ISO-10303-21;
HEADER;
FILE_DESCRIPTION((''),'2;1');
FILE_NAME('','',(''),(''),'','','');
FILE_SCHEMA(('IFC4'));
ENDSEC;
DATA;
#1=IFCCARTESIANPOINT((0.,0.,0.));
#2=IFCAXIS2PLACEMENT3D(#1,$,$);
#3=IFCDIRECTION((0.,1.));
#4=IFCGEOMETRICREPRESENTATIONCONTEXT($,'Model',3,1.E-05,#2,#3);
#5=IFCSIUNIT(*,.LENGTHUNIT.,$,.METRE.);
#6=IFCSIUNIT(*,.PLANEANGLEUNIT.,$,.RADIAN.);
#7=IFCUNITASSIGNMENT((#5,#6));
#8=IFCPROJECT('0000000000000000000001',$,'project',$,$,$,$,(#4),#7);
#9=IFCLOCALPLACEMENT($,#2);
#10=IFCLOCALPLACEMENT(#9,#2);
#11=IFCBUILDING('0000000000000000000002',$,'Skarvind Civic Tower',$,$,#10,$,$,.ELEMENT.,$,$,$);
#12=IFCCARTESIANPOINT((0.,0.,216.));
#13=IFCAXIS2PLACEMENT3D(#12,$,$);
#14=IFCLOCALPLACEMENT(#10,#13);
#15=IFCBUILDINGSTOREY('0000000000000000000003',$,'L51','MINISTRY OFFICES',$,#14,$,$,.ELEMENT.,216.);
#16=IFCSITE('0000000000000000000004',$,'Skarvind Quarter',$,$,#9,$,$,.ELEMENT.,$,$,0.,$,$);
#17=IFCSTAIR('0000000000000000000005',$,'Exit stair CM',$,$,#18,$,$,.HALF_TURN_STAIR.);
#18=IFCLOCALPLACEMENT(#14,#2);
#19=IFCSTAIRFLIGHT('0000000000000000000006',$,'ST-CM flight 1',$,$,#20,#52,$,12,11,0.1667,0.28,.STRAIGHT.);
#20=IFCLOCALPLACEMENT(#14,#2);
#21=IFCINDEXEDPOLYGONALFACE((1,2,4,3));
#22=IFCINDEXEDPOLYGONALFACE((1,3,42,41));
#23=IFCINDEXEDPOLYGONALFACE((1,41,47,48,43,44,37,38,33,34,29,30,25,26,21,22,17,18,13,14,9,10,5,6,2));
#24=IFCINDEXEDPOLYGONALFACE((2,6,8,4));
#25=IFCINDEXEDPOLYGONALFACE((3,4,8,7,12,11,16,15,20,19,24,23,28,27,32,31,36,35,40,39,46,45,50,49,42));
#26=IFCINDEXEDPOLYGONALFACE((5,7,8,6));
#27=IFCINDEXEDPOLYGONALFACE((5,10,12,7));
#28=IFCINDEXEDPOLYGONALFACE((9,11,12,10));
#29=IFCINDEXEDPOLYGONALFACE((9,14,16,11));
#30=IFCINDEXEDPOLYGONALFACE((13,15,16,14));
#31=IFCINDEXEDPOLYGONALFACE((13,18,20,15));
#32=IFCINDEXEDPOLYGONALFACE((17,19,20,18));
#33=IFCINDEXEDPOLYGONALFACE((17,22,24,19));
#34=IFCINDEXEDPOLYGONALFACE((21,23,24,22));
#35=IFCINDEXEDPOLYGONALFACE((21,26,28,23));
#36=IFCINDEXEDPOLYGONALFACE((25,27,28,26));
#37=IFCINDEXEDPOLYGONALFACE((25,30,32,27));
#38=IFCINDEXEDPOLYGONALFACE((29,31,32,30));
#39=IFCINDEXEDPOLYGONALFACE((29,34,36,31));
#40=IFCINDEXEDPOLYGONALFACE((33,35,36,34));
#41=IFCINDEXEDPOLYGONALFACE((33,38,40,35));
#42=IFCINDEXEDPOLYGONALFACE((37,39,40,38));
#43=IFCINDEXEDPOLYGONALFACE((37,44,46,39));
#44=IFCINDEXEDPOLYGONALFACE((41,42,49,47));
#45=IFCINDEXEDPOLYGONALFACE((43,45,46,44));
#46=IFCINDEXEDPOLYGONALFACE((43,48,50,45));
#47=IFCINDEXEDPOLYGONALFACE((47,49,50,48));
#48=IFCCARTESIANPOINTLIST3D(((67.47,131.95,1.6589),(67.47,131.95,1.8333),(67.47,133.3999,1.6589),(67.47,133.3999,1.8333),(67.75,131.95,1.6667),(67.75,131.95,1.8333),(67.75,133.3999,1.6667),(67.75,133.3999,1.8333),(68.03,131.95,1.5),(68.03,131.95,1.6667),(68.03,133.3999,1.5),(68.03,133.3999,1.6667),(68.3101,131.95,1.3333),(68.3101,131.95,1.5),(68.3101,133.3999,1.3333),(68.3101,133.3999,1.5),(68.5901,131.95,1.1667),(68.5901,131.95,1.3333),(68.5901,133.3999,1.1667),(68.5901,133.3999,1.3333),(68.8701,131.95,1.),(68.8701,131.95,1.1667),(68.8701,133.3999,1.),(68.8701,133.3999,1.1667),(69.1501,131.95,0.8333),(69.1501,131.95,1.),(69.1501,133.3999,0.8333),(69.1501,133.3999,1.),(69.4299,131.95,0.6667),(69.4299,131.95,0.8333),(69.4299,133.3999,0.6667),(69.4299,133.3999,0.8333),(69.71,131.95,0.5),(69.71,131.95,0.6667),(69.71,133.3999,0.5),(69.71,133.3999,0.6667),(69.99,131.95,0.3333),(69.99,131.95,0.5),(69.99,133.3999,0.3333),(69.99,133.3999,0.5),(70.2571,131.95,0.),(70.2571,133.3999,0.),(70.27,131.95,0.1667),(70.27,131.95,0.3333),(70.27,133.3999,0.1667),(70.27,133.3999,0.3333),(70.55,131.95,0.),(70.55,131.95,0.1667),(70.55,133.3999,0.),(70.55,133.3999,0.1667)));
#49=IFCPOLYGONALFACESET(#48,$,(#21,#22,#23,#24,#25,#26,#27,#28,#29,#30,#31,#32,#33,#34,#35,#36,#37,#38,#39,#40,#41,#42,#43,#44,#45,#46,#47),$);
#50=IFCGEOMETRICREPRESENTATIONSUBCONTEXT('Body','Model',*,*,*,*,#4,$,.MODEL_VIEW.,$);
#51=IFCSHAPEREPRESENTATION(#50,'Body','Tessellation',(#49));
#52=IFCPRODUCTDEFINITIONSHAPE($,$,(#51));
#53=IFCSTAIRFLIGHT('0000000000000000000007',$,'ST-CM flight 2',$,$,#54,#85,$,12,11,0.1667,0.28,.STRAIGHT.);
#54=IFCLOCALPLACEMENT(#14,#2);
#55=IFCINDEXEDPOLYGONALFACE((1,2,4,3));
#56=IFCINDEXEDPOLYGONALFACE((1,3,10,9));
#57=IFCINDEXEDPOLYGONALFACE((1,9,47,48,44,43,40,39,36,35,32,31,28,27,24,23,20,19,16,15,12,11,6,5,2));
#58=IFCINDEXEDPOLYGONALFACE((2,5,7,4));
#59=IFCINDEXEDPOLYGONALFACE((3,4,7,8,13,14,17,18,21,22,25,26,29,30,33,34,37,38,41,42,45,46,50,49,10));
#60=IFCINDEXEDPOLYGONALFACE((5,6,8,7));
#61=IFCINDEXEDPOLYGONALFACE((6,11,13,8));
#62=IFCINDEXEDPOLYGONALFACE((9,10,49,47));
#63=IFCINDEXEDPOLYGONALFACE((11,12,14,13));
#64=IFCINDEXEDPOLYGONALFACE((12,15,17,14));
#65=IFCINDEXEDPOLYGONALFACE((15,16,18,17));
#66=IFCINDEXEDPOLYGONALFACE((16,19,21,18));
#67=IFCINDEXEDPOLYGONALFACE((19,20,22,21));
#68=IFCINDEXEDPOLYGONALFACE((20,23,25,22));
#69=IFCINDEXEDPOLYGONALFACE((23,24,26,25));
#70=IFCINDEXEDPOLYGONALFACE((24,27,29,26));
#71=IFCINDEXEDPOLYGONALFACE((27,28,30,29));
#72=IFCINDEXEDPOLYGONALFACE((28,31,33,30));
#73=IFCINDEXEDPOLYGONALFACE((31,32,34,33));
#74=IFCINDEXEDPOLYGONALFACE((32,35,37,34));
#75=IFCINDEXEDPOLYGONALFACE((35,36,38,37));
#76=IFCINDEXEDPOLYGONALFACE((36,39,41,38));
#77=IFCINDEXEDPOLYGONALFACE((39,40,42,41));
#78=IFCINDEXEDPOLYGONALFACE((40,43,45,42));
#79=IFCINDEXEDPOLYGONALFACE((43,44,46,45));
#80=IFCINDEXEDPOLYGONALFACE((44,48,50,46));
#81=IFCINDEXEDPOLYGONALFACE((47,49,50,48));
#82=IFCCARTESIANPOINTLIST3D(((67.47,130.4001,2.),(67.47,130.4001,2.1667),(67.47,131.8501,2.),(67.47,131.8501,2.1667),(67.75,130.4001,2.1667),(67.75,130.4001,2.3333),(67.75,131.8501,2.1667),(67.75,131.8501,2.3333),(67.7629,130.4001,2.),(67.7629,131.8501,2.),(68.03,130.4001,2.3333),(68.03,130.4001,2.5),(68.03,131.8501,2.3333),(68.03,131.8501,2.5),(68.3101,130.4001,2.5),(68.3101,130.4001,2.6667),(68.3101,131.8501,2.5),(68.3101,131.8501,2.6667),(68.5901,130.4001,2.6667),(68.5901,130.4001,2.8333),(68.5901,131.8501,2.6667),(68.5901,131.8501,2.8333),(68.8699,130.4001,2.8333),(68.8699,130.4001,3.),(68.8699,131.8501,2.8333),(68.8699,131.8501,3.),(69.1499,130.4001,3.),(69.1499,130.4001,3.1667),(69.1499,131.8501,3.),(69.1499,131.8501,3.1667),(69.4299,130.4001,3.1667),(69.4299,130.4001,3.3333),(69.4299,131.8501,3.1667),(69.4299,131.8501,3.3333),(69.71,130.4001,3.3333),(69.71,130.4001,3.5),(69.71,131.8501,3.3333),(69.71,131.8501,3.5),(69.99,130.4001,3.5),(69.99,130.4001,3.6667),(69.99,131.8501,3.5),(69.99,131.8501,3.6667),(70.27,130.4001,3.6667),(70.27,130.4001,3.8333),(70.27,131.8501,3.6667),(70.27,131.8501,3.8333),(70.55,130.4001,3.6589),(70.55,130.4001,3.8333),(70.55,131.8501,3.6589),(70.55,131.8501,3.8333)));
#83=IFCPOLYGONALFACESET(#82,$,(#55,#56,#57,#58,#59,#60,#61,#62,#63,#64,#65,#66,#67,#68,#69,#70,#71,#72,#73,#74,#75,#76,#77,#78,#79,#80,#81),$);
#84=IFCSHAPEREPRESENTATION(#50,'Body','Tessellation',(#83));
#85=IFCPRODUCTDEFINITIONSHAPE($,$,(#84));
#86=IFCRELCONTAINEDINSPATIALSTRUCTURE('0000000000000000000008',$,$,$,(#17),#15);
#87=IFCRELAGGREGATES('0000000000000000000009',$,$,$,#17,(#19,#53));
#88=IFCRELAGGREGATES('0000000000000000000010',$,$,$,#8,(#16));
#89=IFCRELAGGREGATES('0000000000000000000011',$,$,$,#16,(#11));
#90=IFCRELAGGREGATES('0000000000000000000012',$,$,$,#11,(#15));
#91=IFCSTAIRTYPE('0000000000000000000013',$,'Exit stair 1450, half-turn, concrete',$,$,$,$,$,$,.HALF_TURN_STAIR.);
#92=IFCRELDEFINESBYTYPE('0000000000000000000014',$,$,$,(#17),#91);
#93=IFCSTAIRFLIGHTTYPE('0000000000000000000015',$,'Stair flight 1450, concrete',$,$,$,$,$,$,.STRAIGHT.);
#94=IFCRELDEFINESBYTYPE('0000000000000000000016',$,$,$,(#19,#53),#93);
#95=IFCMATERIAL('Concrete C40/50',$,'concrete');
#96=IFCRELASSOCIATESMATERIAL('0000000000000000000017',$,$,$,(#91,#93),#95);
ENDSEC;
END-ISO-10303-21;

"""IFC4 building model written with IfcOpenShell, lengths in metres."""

from ifc_helpers import new_model, si_unit, direction, frame, origin, place, context, subcontext, project, spatial, polyline, outline, extrude, material, type_object, element, aggregate, save


model = new_model("IFC4")

# Units and contexts
model_context = context("Model", 3, precision=1e-05, world=origin(), true_north=direction((0.0, 1.0)))
body_context = subcontext(model_context, "Body", "Model", "MODEL_VIEW")
ifc_project = project(units=[si_unit("LENGTHUNIT", "METRE"), si_unit("PLANEANGLEUNIT", "RADIAN")], contexts=[model_context])

# Site, building, storey
site_placement = place(None, origin())
site = spatial("IfcSite", under=ifc_project, at=site_placement, Name="Skarvind Quarter", CompositionType="ELEMENT", RefElevation=0.0)
building_placement = place(site_placement, origin())
building = spatial("IfcBuilding", under=site, at=building_placement, Name="Skarvind Civic Tower", CompositionType="ELEMENT")
storey_placement = place(building_placement, frame((0.0, 0.0, 216.0)))
storey = spatial("IfcBuildingStorey", under=building, at=storey_placement, Name="L51", Description="MINISTRY OFFICES", CompositionType="ELEMENT", Elevation=216.0)

# Stair, stair flights
ifc_material_1 = material(Name="Concrete C40/50", Category="concrete")
stair_type = type_object("IfcStairType", Name="Exit stair 1450, half-turn, concrete", PredefinedType="HALF_TURN_STAIR", material=ifc_material_1)
stair_placement = place(storey_placement, origin())
stair = element("IfcStair", 1, at=stair_placement, inside=storey, type_object=stair_type, Name="Exit stair CM", PredefinedType="HALF_TURN_STAIR")
stair_flight_type = type_object("IfcStairFlightType", Name="Stair flight 1450, concrete", PredefinedType="STRAIGHT", material=ifc_material_1)
stair_flight_1_placement = place(storey_placement, frame((70.55, 132.675, 0.0), z_axis=(0.0, 0.0, 1.0), x_axis=(-1.0, 0.0, 0.0)))
stair_flight_1 = element("IfcStairFlight", 2, at=stair_flight_1_placement, type_object=stair_flight_type, Name="ST-CM flight 1", NumberOfRisers=12, NumberOfTreads=11, PredefinedType="STRAIGHT", RiserHeight=0.1667, TreadLength=0.28, context=body_context, shape_type="SweptSolid", body=[
    extrude(outline(polyline([(0.0, 0.0), (0.0, 0.1667), (0.28, 0.1667), (0.28, 0.3333), (0.5601, 0.3333), (0.5601, 0.5), (0.8401, 0.5), (0.8401, 0.6667), (1.1201, 0.6667), (1.1201, 0.8333), (1.3999, 0.8333), (1.3999, 1.0), (1.6799, 1.0), (1.6799, 1.1667), (1.96, 1.1667), (1.96, 1.3333), (2.24, 1.3333), (2.24, 1.5), (2.52, 1.5), (2.52, 1.6667), (2.8, 1.6667), (2.8, 1.8333), (3.0801, 1.8333), (3.0801, 2.0), (3.0801, 1.6589), (0.293, 0.0), (0.0, 0.0)])), frame((0.0, 0.7251, 0.0), z_axis=(0.0, -1.0, 0.0), x_axis=(1.0, 0.0, 0.0)), (0.0, 0.0, 1.0), 1.45),
])
stair_flight_2_placement = place(storey_placement, frame((67.47, 131.125, 2.0), z_axis=(0.0, 0.0, 1.0), x_axis=(1.0, 0.0, 0.0)))
stair_flight_2 = element("IfcStairFlight", 3, at=stair_flight_2_placement, type_object=stair_flight_type, Name="ST-CM flight 2", NumberOfRisers=12, NumberOfTreads=11, PredefinedType="STRAIGHT", RiserHeight=0.1667, TreadLength=0.28, context=body_context, shape_type="SweptSolid", body=[
    extrude(outline(polyline([(0.0, 0.0), (0.0, 0.1667), (0.28, 0.1667), (0.28, 0.3333), (0.5601, 0.3333), (0.5601, 0.5), (0.8401, 0.5), (0.8401, 0.6667), (1.1201, 0.6667), (1.1201, 0.8333), (1.3999, 0.8333), (1.3999, 1.0), (1.6799, 1.0), (1.6799, 1.1667), (1.96, 1.1667), (1.96, 1.3333), (2.24, 1.3333), (2.24, 1.5), (2.52, 1.5), (2.52, 1.6667), (2.8, 1.6667), (2.8, 1.8333), (3.0801, 1.8333), (3.0801, 2.0), (3.0801, 1.6589), (0.293, 0.0), (0.0, 0.0)])), frame((0.0, 0.7251, 0.0), z_axis=(0.0, -1.0, 0.0), x_axis=(1.0, 0.0, 0.0)), (0.0, 0.0, 1.0), 1.45),
])
aggregate(stair, [stair_flight_1, stair_flight_2])

save(model, "model.ifc")
